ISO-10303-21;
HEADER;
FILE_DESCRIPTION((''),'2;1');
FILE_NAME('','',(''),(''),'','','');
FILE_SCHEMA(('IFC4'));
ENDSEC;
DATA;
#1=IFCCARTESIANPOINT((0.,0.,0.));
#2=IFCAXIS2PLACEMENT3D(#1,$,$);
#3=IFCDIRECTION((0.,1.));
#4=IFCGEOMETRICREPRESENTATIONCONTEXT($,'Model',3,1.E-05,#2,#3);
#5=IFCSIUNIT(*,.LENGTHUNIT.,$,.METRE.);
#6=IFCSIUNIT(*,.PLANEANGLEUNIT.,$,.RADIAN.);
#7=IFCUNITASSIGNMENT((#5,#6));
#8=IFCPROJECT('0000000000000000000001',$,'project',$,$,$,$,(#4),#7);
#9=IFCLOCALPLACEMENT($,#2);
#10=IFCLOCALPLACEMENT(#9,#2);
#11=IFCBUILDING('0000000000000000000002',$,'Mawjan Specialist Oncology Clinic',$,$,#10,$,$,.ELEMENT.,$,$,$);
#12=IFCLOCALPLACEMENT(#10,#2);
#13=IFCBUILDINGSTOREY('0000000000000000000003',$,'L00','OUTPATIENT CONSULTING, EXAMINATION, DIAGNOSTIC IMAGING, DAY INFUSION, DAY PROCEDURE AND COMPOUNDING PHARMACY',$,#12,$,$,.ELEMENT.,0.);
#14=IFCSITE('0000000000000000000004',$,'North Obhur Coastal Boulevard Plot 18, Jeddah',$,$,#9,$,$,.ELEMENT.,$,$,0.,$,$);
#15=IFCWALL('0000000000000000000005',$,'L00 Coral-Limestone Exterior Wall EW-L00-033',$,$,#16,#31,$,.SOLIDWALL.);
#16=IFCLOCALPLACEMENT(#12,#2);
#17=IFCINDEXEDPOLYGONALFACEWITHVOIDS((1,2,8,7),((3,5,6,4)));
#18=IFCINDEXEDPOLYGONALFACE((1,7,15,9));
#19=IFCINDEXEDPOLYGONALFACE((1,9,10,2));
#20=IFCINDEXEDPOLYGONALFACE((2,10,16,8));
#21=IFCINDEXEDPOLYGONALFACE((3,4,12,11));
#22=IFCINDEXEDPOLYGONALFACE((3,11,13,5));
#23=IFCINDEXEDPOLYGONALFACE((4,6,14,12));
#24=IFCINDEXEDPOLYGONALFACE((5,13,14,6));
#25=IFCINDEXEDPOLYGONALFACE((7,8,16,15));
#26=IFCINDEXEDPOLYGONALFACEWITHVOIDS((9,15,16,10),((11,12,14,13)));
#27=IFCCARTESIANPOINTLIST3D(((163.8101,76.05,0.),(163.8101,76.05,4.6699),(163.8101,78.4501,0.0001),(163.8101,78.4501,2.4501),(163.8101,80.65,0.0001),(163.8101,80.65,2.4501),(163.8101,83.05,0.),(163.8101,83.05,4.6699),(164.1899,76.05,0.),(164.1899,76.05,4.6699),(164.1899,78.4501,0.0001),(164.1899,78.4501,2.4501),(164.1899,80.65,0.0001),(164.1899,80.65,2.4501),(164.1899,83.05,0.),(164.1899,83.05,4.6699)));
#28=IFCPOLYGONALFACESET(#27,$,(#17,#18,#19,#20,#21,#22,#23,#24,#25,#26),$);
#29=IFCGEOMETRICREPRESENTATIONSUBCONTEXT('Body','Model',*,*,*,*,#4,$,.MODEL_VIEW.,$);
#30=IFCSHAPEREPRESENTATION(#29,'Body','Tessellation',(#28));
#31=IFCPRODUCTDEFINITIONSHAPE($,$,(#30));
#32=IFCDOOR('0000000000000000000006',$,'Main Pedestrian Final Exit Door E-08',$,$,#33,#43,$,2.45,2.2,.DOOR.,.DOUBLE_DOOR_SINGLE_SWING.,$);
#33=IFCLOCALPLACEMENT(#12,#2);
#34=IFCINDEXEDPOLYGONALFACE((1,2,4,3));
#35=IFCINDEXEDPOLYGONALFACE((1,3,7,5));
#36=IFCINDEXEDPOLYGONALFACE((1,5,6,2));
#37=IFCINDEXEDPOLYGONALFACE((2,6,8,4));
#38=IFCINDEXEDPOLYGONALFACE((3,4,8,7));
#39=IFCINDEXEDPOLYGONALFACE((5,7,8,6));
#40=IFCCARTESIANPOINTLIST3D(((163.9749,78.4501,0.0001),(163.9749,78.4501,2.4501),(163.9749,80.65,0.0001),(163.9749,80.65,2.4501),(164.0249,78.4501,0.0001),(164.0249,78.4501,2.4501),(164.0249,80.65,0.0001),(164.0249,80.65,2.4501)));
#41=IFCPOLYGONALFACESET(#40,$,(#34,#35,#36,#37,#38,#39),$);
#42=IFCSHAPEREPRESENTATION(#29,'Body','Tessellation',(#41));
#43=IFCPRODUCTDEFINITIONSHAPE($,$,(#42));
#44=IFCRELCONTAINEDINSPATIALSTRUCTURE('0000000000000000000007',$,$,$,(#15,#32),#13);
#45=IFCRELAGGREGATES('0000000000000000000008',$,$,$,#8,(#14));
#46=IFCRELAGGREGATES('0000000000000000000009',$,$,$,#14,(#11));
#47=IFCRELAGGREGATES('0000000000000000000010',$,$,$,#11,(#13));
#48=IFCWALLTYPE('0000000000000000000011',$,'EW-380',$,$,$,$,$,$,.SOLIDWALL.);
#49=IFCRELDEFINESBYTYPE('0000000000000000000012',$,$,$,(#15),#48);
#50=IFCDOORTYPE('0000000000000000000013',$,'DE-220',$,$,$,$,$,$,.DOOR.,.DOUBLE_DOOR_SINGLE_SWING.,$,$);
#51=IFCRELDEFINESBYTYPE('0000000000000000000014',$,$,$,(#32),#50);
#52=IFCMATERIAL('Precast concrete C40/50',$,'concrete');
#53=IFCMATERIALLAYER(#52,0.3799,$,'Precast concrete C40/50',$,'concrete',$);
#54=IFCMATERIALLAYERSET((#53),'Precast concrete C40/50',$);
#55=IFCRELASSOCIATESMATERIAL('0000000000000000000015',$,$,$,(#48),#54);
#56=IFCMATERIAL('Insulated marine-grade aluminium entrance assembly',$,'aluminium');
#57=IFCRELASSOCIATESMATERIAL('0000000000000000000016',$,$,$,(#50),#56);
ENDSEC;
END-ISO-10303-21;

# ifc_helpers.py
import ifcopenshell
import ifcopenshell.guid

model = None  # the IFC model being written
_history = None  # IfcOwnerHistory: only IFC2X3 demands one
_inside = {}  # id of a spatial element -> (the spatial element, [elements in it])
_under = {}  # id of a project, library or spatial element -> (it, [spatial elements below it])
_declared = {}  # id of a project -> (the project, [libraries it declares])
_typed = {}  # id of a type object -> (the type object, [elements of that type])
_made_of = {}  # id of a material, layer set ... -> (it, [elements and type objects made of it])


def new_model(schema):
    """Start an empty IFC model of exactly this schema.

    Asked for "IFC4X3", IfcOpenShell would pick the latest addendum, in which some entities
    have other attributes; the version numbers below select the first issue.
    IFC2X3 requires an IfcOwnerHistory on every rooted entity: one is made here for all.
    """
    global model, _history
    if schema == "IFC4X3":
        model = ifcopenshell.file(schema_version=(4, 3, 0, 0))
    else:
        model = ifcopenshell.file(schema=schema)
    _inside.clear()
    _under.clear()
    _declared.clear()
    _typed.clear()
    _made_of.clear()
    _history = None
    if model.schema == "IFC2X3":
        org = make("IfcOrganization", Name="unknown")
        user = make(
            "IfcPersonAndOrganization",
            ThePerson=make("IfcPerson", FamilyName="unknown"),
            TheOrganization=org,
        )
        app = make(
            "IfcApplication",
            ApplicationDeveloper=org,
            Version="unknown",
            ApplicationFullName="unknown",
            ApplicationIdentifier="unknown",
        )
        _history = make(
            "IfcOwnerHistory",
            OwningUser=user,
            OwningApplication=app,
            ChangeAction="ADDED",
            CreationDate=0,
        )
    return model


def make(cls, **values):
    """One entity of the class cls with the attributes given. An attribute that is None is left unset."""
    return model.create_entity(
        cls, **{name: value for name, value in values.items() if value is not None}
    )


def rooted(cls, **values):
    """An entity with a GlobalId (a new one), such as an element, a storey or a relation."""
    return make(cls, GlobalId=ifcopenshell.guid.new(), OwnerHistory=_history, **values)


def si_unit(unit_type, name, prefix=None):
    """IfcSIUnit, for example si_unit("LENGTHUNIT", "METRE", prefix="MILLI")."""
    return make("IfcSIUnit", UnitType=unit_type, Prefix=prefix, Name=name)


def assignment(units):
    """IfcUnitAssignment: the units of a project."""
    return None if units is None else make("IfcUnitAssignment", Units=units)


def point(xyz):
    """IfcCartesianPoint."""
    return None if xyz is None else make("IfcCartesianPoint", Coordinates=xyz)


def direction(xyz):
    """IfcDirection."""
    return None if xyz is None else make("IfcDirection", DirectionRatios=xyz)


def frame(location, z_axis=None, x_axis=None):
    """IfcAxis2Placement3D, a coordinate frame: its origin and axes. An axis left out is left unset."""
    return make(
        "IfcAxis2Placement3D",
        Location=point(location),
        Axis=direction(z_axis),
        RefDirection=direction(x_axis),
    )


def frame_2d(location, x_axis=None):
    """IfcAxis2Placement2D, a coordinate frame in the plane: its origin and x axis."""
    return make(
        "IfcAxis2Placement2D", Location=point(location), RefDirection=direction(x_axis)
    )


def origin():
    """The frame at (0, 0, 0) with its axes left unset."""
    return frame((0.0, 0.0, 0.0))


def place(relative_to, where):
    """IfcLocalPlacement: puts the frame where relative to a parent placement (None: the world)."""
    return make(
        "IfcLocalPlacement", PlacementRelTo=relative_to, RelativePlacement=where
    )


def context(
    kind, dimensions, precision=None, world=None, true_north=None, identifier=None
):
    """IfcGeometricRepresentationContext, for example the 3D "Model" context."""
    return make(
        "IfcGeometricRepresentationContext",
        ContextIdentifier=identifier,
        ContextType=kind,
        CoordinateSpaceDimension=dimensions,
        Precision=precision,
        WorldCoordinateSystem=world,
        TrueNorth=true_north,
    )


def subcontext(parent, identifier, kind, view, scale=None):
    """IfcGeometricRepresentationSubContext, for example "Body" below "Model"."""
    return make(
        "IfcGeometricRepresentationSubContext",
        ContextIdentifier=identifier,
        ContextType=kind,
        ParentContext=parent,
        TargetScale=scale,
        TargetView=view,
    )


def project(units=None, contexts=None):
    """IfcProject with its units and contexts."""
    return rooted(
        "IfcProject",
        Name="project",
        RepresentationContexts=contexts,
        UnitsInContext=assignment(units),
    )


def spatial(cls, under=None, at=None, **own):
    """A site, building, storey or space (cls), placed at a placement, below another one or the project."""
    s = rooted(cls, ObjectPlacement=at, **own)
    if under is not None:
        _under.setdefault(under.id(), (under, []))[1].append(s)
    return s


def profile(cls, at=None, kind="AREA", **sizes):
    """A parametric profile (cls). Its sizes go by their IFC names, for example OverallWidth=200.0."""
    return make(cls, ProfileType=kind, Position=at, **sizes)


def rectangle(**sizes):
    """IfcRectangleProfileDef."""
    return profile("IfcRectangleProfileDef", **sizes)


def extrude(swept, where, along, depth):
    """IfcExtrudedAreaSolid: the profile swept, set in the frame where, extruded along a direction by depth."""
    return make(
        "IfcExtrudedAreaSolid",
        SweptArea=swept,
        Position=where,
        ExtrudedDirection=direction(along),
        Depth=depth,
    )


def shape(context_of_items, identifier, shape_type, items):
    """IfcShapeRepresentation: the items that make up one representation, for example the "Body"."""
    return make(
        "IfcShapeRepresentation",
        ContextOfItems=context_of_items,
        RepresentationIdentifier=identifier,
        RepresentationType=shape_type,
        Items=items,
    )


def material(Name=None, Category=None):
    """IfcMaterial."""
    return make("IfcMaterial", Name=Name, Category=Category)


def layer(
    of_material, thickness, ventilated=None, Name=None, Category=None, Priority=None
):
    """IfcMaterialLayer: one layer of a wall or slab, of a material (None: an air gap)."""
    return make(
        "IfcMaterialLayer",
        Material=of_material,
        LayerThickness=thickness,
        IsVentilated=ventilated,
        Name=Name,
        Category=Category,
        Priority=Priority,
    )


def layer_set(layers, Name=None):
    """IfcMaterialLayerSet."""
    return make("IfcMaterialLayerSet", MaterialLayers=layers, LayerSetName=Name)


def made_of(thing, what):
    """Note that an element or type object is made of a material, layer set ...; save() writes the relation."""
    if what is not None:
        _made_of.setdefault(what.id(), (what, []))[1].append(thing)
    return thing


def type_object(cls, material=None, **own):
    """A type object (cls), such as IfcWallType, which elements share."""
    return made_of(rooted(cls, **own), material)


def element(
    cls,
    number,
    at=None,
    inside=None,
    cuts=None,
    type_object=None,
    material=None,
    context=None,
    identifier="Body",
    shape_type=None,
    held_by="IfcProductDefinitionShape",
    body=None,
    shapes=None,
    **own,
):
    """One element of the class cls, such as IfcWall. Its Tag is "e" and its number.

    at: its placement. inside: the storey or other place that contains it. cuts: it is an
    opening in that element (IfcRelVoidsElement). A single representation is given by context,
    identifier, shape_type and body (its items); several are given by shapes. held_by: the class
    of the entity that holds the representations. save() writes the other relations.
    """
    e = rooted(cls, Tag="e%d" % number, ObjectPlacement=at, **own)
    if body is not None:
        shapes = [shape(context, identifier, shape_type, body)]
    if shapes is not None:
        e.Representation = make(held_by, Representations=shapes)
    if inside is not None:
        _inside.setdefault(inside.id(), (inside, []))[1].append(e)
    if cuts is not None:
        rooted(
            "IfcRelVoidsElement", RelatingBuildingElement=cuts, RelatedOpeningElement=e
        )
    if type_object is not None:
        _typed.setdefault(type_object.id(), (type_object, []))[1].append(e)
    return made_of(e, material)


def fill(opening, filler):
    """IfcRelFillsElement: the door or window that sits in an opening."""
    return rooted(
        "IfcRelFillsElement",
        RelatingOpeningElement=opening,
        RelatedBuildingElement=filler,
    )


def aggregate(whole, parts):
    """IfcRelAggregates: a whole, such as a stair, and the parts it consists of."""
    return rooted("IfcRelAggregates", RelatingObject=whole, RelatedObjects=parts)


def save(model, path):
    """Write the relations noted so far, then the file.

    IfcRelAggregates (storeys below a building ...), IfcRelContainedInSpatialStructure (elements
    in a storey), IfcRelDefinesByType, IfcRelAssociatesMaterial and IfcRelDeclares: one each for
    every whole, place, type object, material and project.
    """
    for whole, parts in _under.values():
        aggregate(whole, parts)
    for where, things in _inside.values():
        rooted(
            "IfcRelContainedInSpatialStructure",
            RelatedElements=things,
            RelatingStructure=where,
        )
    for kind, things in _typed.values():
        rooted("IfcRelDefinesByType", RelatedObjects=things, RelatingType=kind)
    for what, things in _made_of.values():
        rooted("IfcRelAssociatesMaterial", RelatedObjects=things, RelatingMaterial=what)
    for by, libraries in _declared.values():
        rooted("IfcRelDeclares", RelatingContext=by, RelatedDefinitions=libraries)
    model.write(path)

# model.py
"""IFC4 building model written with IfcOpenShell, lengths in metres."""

from ifc_helpers import new_model, si_unit, direction, frame, frame_2d, origin, place, context, subcontext, project, spatial, rectangle, extrude, material, layer, layer_set, type_object, element, fill, save


model = new_model("IFC4")

# Units and contexts
model_context = context("Model", 3, precision=1e-05, world=origin(), true_north=direction((0.0, 1.0)))
body_context = subcontext(model_context, "Body", "Model", "MODEL_VIEW")
ifc_project = project(units=[si_unit("LENGTHUNIT", "METRE"), si_unit("PLANEANGLEUNIT", "RADIAN")], contexts=[model_context])

# Site, building, storey
site_placement = place(None, origin())
site = spatial("IfcSite", under=ifc_project, at=site_placement, Name="North Obhur Coastal Boulevard Plot 18, Jeddah", CompositionType="ELEMENT", RefElevation=0.0)
building_placement = place(site_placement, origin())
building = spatial("IfcBuilding", under=site, at=building_placement, Name="Mawjan Specialist Oncology Clinic", CompositionType="ELEMENT")
storey_placement = place(building_placement, origin())
storey = spatial("IfcBuildingStorey", under=building, at=storey_placement, Name="L00", Description="OUTPATIENT CONSULTING, EXAMINATION, DIAGNOSTIC IMAGING, DAY INFUSION, DAY PROCEDURE AND COMPOUNDING PHARMACY", CompositionType="ELEMENT", Elevation=0.0)

# Wall, opening, door
ifc_material_1 = material(Name="Precast concrete C40/50", Category="concrete")
ifc_layer_1 = layer(ifc_material_1, 0.3799, Name="Precast concrete C40/50", Category="concrete")
ifc_layer_set_1 = layer_set([ifc_layer_1], Name="Precast concrete C40/50")
wall_type = type_object("IfcWallType", Name="EW-380", PredefinedType="SOLIDWALL", material=ifc_layer_set_1)
wall_placement = place(storey_placement, frame((164.0, 83.05, 0.0), z_axis=(0.0, 0.0, 1.0), x_axis=(0.0, -1.0, 0.0)))
wall = element("IfcWall", 1, at=wall_placement, inside=storey, type_object=wall_type, Name="L00 Coral-Limestone Exterior Wall EW-L00-033", PredefinedType="SOLIDWALL", context=body_context, shape_type="SweptSolid", body=[
    extrude(rectangle(XDim=7.0, YDim=0.3799, at=frame_2d((3.5, 0.0))), origin(), (0.0, 0.0, 1.0), 4.6699),
])
opening_placement = place(wall_placement, frame((2.3999, 0.0, 0.0)))
opening = element("IfcOpeningElement", 2, at=opening_placement, cuts=wall, PredefinedType="OPENING", context=body_context, shape_type="SweptSolid", body=[
    extrude(rectangle(XDim=2.2, YDim=2.45, at=frame_2d((1.1001, 1.2251))), frame((0.0, 0.2019, 0.0), z_axis=(0.0, -1.0, 0.0), x_axis=(1.0, 0.0, 0.0)), (0.0, 0.0, 1.0), 0.4038),
])
ifc_material_2 = material(Name="Insulated marine-grade aluminium entrance assembly", Category="aluminium")
door_type = type_object("IfcDoorType", Name="DE-220", OperationType="DOUBLE_DOOR_SINGLE_SWING", PredefinedType="DOOR", material=ifc_material_2)
door_placement = place(opening_placement, origin())
door = element("IfcDoor", 3, at=door_placement, inside=storey, type_object=door_type, Name="Main Pedestrian Final Exit Door E-08", OperationType="DOUBLE_DOOR_SINGLE_SWING", OverallHeight=2.45, OverallWidth=2.2, PredefinedType="DOOR", context=body_context, shape_type="SweptSolid", body=[
    extrude(rectangle(XDim=2.2, YDim=2.45, at=frame_2d((1.1001, 1.2251))), frame((0.0, 0.0249, 0.0), z_axis=(0.0, -1.0, 0.0), x_axis=(1.0, 0.0, 0.0)), (0.0, 0.0, 1.0), 0.05),
])
fill(opening, door)

save(model, "model.ifc")
